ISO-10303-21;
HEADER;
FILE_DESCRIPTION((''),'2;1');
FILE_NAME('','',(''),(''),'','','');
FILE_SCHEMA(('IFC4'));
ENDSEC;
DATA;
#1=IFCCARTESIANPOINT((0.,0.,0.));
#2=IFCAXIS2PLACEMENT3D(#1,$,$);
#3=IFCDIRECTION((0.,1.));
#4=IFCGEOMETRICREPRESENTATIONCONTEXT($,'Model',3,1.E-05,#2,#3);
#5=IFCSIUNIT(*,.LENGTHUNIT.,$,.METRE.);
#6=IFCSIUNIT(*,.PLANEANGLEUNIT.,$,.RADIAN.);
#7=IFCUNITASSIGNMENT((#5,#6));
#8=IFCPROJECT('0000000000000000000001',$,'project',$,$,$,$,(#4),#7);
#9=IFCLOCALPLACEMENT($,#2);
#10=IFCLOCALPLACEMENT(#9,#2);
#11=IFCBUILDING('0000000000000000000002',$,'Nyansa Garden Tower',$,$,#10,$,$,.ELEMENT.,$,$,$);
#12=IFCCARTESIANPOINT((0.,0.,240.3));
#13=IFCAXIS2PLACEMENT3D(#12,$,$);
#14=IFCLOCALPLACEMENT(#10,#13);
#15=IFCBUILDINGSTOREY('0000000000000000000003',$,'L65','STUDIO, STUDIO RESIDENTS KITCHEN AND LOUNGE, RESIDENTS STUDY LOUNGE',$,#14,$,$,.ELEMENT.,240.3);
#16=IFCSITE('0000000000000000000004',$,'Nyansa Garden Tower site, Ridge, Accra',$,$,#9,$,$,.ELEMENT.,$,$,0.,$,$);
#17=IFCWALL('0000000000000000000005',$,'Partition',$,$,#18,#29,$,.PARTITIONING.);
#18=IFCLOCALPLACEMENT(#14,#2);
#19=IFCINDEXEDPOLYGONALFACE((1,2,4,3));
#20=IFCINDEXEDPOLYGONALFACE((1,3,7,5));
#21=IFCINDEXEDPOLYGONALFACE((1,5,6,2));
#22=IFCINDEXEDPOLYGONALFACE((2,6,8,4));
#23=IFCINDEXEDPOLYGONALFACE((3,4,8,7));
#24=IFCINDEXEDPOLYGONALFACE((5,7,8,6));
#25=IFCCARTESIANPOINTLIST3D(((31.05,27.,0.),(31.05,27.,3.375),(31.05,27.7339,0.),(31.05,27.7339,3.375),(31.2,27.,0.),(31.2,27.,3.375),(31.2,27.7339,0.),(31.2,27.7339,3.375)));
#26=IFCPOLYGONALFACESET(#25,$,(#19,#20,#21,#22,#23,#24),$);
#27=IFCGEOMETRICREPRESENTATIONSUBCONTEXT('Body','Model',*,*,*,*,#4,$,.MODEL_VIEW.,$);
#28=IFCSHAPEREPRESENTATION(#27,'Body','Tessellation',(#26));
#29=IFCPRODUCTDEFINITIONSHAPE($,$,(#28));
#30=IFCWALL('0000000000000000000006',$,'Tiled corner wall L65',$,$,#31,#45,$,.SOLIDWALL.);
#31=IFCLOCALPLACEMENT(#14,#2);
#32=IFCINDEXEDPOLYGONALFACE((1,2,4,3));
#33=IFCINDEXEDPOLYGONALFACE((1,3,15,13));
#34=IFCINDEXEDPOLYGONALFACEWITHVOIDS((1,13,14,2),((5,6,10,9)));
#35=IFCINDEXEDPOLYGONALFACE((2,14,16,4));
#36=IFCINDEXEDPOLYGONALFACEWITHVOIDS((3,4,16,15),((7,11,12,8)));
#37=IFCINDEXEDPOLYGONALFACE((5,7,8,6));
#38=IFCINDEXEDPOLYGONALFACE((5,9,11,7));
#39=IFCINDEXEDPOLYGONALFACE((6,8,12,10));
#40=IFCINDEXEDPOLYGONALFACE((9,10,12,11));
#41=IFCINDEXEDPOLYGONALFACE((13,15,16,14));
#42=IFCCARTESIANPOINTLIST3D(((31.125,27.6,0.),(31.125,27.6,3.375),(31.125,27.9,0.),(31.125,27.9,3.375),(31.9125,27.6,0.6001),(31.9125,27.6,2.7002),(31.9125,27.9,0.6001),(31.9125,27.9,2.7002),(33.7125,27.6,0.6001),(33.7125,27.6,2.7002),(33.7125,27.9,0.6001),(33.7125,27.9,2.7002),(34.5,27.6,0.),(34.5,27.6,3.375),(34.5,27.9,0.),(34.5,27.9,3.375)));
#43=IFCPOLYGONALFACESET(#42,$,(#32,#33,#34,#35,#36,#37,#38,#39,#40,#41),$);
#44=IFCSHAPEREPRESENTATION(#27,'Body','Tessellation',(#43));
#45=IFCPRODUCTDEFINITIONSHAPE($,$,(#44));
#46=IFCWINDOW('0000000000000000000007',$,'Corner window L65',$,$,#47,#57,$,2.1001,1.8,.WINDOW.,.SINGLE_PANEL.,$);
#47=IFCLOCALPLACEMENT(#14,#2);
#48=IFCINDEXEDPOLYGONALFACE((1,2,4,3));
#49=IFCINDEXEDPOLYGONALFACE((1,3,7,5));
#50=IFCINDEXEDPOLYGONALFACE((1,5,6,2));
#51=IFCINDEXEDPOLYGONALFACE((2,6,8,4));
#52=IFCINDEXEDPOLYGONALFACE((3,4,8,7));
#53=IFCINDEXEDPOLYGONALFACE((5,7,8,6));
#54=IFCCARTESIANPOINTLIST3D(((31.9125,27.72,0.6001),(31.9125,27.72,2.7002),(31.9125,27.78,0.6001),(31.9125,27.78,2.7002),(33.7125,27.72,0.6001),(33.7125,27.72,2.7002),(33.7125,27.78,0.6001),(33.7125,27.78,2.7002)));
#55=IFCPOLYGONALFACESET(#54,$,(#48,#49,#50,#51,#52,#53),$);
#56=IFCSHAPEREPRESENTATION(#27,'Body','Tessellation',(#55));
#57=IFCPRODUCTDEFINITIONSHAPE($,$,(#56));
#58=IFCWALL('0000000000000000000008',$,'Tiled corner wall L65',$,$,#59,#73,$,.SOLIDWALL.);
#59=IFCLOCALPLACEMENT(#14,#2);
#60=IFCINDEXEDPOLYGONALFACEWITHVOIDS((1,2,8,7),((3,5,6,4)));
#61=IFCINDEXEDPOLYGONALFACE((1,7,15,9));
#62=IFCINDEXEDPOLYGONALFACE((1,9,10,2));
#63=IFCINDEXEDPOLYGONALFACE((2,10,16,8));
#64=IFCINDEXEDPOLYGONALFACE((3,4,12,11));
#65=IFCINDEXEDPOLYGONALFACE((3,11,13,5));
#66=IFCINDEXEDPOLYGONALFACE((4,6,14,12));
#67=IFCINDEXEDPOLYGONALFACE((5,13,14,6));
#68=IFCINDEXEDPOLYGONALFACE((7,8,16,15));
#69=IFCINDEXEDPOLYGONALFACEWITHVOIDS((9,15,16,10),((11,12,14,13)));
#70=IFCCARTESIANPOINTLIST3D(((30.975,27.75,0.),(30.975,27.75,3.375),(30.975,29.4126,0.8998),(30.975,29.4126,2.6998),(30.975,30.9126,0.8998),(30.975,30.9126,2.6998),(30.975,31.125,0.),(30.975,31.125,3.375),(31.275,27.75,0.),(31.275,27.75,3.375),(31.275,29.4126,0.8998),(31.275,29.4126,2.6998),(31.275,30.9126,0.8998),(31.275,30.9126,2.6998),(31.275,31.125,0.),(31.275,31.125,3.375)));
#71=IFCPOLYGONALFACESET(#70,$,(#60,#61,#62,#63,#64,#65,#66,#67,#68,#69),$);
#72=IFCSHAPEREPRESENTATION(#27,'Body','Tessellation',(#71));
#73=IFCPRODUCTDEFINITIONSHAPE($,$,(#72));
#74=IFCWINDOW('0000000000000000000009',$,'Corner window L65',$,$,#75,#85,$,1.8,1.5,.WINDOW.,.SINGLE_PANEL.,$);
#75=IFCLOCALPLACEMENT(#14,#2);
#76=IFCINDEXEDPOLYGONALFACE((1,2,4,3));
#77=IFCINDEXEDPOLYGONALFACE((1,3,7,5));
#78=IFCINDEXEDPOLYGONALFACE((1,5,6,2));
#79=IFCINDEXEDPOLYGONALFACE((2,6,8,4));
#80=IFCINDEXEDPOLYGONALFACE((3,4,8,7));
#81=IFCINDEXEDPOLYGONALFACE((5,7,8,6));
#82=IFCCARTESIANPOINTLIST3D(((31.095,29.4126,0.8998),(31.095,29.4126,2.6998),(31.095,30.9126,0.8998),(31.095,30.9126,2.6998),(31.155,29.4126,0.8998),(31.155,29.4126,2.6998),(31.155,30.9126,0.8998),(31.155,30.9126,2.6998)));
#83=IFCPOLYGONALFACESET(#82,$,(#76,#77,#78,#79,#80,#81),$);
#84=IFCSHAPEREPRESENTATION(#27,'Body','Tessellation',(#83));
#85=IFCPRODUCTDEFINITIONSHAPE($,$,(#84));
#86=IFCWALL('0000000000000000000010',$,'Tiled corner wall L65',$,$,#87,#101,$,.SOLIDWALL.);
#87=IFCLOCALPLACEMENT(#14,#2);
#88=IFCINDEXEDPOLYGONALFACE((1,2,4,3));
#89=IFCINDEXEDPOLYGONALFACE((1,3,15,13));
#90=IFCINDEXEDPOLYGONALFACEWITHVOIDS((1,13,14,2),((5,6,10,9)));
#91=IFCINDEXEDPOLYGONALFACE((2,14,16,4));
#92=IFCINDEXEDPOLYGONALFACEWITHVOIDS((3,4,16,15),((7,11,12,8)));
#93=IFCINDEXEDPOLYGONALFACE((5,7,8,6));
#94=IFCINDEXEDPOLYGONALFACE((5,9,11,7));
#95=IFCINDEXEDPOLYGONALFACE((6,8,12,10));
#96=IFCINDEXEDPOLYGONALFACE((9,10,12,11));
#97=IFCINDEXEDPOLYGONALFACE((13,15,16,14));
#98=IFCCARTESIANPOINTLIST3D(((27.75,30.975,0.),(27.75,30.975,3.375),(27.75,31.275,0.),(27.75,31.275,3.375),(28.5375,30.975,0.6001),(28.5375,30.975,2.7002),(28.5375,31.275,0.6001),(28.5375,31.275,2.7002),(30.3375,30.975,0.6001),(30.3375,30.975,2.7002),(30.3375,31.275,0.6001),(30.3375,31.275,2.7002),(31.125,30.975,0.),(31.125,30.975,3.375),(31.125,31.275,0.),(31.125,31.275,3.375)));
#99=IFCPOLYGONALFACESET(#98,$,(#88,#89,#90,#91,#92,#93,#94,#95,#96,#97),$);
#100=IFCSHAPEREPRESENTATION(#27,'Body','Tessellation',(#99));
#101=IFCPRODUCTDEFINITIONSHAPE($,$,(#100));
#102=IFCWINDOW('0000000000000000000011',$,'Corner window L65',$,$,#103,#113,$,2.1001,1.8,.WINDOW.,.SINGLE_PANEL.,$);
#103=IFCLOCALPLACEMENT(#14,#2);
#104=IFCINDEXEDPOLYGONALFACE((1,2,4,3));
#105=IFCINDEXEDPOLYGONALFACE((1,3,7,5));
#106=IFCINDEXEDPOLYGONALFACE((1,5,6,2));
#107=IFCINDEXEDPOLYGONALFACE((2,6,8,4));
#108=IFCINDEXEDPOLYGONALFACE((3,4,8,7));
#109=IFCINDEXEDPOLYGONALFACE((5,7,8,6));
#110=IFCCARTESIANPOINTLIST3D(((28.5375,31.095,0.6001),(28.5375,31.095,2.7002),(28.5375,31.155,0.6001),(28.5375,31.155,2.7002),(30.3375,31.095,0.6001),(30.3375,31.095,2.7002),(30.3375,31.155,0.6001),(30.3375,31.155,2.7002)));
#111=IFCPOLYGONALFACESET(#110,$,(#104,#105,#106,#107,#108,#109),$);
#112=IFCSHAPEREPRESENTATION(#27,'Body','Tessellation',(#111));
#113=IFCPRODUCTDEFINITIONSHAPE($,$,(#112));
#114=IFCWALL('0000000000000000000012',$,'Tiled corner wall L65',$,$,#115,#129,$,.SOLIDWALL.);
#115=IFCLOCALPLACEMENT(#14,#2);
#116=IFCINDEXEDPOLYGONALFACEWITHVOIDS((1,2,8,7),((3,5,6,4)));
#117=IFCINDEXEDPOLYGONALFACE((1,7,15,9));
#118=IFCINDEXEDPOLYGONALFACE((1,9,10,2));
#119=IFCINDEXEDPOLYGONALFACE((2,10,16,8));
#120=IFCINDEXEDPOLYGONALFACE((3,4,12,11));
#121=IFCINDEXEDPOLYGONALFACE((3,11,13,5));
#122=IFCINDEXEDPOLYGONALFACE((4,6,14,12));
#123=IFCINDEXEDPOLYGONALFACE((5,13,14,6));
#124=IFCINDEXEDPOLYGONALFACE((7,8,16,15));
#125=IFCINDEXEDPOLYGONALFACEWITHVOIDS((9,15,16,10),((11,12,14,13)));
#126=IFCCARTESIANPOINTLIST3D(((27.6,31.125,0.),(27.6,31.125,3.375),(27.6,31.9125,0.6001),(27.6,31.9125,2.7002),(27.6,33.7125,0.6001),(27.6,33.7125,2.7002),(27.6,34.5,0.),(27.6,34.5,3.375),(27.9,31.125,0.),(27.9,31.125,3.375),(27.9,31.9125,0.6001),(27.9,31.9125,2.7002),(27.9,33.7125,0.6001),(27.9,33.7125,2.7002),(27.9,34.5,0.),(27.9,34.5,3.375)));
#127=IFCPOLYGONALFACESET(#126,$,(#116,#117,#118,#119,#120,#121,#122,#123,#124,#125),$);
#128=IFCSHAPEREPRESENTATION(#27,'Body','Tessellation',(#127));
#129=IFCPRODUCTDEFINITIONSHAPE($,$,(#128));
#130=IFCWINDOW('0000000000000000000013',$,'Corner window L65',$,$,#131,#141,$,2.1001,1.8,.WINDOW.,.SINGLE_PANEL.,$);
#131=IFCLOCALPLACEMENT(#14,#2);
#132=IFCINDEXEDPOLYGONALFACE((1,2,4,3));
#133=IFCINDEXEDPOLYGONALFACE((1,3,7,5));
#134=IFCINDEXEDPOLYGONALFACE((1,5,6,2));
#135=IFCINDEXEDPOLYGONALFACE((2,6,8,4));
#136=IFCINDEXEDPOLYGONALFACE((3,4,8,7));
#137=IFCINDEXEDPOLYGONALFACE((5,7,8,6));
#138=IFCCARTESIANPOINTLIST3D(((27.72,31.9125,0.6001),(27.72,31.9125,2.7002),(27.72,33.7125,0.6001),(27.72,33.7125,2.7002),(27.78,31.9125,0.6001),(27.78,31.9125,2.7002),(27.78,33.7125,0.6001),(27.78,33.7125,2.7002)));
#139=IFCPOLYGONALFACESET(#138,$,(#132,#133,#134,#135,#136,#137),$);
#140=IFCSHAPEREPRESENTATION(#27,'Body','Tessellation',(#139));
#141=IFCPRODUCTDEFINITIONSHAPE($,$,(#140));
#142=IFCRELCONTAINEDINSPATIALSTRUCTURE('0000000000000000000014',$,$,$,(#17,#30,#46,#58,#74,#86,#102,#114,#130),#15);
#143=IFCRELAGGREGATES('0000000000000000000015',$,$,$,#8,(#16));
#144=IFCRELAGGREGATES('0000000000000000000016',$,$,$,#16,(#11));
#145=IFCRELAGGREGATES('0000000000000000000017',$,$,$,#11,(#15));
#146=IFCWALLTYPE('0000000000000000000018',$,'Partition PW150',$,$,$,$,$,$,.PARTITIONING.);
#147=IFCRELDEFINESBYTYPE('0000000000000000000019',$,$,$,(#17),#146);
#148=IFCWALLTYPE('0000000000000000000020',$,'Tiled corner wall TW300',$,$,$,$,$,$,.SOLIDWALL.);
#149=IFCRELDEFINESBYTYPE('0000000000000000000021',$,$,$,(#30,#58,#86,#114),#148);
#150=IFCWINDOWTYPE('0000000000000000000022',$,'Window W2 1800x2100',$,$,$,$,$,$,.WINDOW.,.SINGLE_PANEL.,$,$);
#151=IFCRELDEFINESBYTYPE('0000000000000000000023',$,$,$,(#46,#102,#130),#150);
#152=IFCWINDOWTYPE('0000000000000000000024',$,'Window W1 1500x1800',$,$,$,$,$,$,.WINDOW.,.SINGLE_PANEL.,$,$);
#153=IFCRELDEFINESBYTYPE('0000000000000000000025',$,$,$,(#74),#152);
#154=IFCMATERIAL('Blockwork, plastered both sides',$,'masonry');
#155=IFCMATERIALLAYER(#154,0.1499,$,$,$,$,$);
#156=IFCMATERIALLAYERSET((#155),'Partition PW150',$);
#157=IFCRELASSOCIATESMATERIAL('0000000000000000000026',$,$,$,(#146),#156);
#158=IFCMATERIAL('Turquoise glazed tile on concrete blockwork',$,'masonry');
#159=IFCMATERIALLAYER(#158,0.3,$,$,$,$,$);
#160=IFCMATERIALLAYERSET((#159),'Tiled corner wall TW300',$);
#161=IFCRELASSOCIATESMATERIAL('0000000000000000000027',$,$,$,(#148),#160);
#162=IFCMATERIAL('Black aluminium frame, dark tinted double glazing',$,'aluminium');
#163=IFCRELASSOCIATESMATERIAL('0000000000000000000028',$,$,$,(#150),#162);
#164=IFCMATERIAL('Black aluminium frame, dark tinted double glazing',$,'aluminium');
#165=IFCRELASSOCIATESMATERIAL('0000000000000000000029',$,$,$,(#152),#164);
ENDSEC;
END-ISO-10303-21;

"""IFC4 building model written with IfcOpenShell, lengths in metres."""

from ifc_helpers import new_model, si_unit, direction, frame, frame_2d, origin, place, context, subcontext, project, spatial, rectangle, extrude, material, layer, layer_set, type_object, element, fill, save


model = new_model("IFC4")

# Units and contexts
model_context = context("Model", 3, precision=1e-05, world=origin(), true_north=direction((0.0, 1.0)))
body_context = subcontext(model_context, "Body", "Model", "MODEL_VIEW")
ifc_project = project(units=[si_unit("LENGTHUNIT", "METRE"), si_unit("PLANEANGLEUNIT", "RADIAN")], contexts=[model_context])

# Site, building, storey
site_placement = place(None, origin())
site = spatial("IfcSite", under=ifc_project, at=site_placement, Name="Nyansa Garden Tower site, Ridge, Accra", CompositionType="ELEMENT", RefElevation=0.0)
building_placement = place(site_placement, origin())
building = spatial("IfcBuilding", under=site, at=building_placement, Name="Nyansa Garden Tower", CompositionType="ELEMENT")
storey_placement = place(building_placement, frame((0.0, 0.0, 240.3)))
storey = spatial("IfcBuildingStorey", under=building, at=storey_placement, Name="L65", Description="STUDIO, STUDIO RESIDENTS KITCHEN AND LOUNGE, RESIDENTS STUDY LOUNGE", CompositionType="ELEMENT", Elevation=240.3)

# Wall
ifc_material_1 = material(Name="Blockwork, plastered both sides", Category="masonry")
ifc_layer_1 = layer(ifc_material_1, 0.1499)
ifc_layer_set_1 = layer_set([ifc_layer_1], Name="Partition PW150")
wall_type_1 = type_object("IfcWallType", Name="Partition PW150", PredefinedType="PARTITIONING", material=ifc_layer_set_1)
wall_1_placement = place(storey_placement, frame((31.125, 27.0, 0.0), z_axis=(0.0, 0.0, 1.0), x_axis=(0.0, 1.0, 0.0)))
element("IfcWall", 1, at=wall_1_placement, inside=storey, type_object=wall_type_1, Name="Partition", PredefinedType="PARTITIONING", context=body_context, shape_type="SweptSolid", body=[
    extrude(rectangle(XDim=0.7339, YDim=0.1499, at=frame_2d((0.3669, 0.0))), origin(), (0.0, 0.0, 1.0), 3.375),
])

# Walls, openings, windows
ifc_material_2 = material(Name="Turquoise glazed tile on concrete blockwork", Category="masonry")
ifc_layer_2 = layer(ifc_material_2, 0.3)
ifc_layer_set_2 = layer_set([ifc_layer_2], Name="Tiled corner wall TW300")
wall_type_2 = type_object("IfcWallType", Name="Tiled corner wall TW300", PredefinedType="SOLIDWALL", material=ifc_layer_set_2)
wall_2_placement = place(storey_placement, frame((34.5, 27.75, 0.0), z_axis=(0.0, 0.0, 1.0), x_axis=(-1.0, 0.0, 0.0)))
wall_2 = element("IfcWall", 2, at=wall_2_placement, inside=storey, type_object=wall_type_2, Name="Tiled corner wall L65", PredefinedType="SOLIDWALL", context=body_context, shape_type="SweptSolid", body=[
    extrude(rectangle(XDim=3.375, YDim=0.3, at=frame_2d((1.6875, 0.0))), origin(), (0.0, 0.0, 1.0), 3.375),
])
opening_1_placement = place(wall_2_placement, frame((0.7876, 0.0, 0.6001)))
opening_1 = element("IfcOpeningElement", 3, at=opening_1_placement, cuts=wall_2, PredefinedType="OPENING", context=body_context, shape_type="SweptSolid", body=[
    extrude(rectangle(XDim=1.8, YDim=2.1001, at=frame_2d((0.8999, 1.05))), frame((0.0, 0.1599, 0.0), z_axis=(0.0, -1.0, 0.0), x_axis=(1.0, 0.0, 0.0)), (0.0, 0.0, 1.0), 0.3201),
])
ifc_material_3 = material(Name="Black aluminium frame, dark tinted double glazing", Category="aluminium")
window_type_1 = type_object("IfcWindowType", Name="Window W2 1800x2100", PartitioningType="SINGLE_PANEL", PredefinedType="WINDOW", material=ifc_material_3)
window_1_placement = place(opening_1_placement, origin())
window_1 = element("IfcWindow", 4, at=window_1_placement, inside=storey, type_object=window_type_1, Name="Corner window L65", OverallHeight=2.1001, OverallWidth=1.8, PartitioningType="SINGLE_PANEL", PredefinedType="WINDOW", context=body_context, shape_type="SweptSolid", body=[
    extrude(rectangle(XDim=1.8, YDim=2.1001, at=frame_2d((0.8999, 1.05))), frame((0.0, 0.03, 0.0), z_axis=(0.0, -1.0, 0.0), x_axis=(1.0, 0.0, 0.0)), (0.0, 0.0, 1.0), 0.0601),
])
fill(opening_1, window_1)
wall_3_placement = place(storey_placement, frame((31.125, 27.75, 0.0), z_axis=(0.0, 0.0, 1.0), x_axis=(0.0, 1.0, 0.0)))
wall_3 = element("IfcWall", 5, at=wall_3_placement, inside=storey, type_object=wall_type_2, Name="Tiled corner wall L65", PredefinedType="SOLIDWALL", context=body_context, shape_type="SweptSolid", body=[
    extrude(rectangle(XDim=3.375, YDim=0.3, at=frame_2d((1.6875, 0.0))), origin(), (0.0, 0.0, 1.0), 3.375),
])
opening_2_placement = place(wall_3_placement, frame((1.6626, 0.0, 0.8999)))
opening_2 = element("IfcOpeningElement", 6, at=opening_2_placement, cuts=wall_3, PredefinedType="OPENING", context=body_context, shape_type="SweptSolid", body=[
    extrude(rectangle(XDim=1.5, YDim=1.8, at=frame_2d((0.75, 0.8999))), frame((0.0, 0.1599, 0.0), z_axis=(0.0, -1.0, 0.0), x_axis=(1.0, 0.0, 0.0)), (0.0, 0.0, 1.0), 0.3201),
])
ifc_material_4 = material(Name="Black aluminium frame, dark tinted double glazing", Category="aluminium")
window_type_2 = type_object("IfcWindowType", Name="Window W1 1500x1800", PartitioningType="SINGLE_PANEL", PredefinedType="WINDOW", material=ifc_material_4)
window_2_placement = place(opening_2_placement, origin())
window_2 = element("IfcWindow", 7, at=window_2_placement, inside=storey, type_object=window_type_2, Name="Corner window L65", OverallHeight=1.8, OverallWidth=1.5, PartitioningType="SINGLE_PANEL", PredefinedType="WINDOW", context=body_context, shape_type="SweptSolid", body=[
    extrude(rectangle(XDim=1.5, YDim=1.8, at=frame_2d((0.75, 0.8999))), frame((0.0, 0.03, 0.0), z_axis=(0.0, -1.0, 0.0), x_axis=(1.0, 0.0, 0.0)), (0.0, 0.0, 1.0), 0.0601),
])
fill(opening_2, window_2)
wall_4_placement = place(storey_placement, frame((31.125, 31.125, 0.0), z_axis=(0.0, 0.0, 1.0), x_axis=(-1.0, 0.0, 0.0)))
wall_4 = element("IfcWall", 8, at=wall_4_placement, inside=storey, type_object=wall_type_2, Name="Tiled corner wall L65", PredefinedType="SOLIDWALL", context=body_context, shape_type="SweptSolid", body=[
    extrude(rectangle(XDim=3.375, YDim=0.3, at=frame_2d((1.6875, 0.0))), origin(), (0.0, 0.0, 1.0), 3.375),
])
opening_3_placement = place(wall_4_placement, frame((0.7876, 0.0, 0.6001)))
opening_3 = element("IfcOpeningElement", 9, at=opening_3_placement, cuts=wall_4, PredefinedType="OPENING", context=body_context, shape_type="SweptSolid", body=[
    extrude(rectangle(XDim=1.8, YDim=2.1001, at=frame_2d((0.8999, 1.05))), frame((0.0, 0.1599, 0.0), z_axis=(0.0, -1.0, 0.0), x_axis=(1.0, 0.0, 0.0)), (0.0, 0.0, 1.0), 0.3201),
])
window_3_placement = place(opening_3_placement, origin())
window_3 = element("IfcWindow", 10, at=window_3_placement, inside=storey, type_object=window_type_1, Name="Corner window L65", OverallHeight=2.1001, OverallWidth=1.8, PartitioningType="SINGLE_PANEL", PredefinedType="WINDOW", context=body_context, shape_type="SweptSolid", body=[
    extrude(rectangle(XDim=1.8, YDim=2.1001, at=frame_2d((0.8999, 1.05))), frame((0.0, 0.03, 0.0), z_axis=(0.0, -1.0, 0.0), x_axis=(1.0, 0.0, 0.0)), (0.0, 0.0, 1.0), 0.0601),
])
fill(opening_3, window_3)
wall_5_placement = place(storey_placement, frame((27.75, 31.125, 0.0), z_axis=(0.0, 0.0, 1.0), x_axis=(0.0, 1.0, 0.0)))
wall_5 = element("IfcWall", 11, at=wall_5_placement, inside=storey, type_object=wall_type_2, Name="Tiled corner wall L65", PredefinedType="SOLIDWALL", context=body_context, shape_type="SweptSolid", body=[
    extrude(rectangle(XDim=3.375, YDim=0.3, at=frame_2d((1.6875, 0.0))), origin(), (0.0, 0.0, 1.0), 3.375),
])
opening_4_placement = place(wall_5_placement, frame((0.7876, 0.0, 0.6001)))
opening_4 = element("IfcOpeningElement", 12, at=opening_4_placement, cuts=wall_5, PredefinedType="OPENING", context=body_context, shape_type="SweptSolid", body=[
    extrude(rectangle(XDim=1.8, YDim=2.1001, at=frame_2d((0.8999, 1.05))), frame((0.0, 0.1599, 0.0), z_axis=(0.0, -1.0, 0.0), x_axis=(1.0, 0.0, 0.0)), (0.0, 0.0, 1.0), 0.3201),
])
window_4_placement = place(opening_4_placement, origin())
window_4 = element("IfcWindow", 13, at=window_4_placement, inside=storey, type_object=window_type_1, Name="Corner window L65", OverallHeight=2.1001, OverallWidth=1.8, PartitioningType="SINGLE_PANEL", PredefinedType="WINDOW", context=body_context, shape_type="SweptSolid", body=[
    extrude(rectangle(XDim=1.8, YDim=2.1001, at=frame_2d((0.8999, 1.05))), frame((0.0, 0.03, 0.0), z_axis=(0.0, -1.0, 0.0), x_axis=(1.0, 0.0, 0.0)), (0.0, 0.0, 1.0), 0.0601),
])
fill(opening_4, window_4)

save(model, "model.ifc")
